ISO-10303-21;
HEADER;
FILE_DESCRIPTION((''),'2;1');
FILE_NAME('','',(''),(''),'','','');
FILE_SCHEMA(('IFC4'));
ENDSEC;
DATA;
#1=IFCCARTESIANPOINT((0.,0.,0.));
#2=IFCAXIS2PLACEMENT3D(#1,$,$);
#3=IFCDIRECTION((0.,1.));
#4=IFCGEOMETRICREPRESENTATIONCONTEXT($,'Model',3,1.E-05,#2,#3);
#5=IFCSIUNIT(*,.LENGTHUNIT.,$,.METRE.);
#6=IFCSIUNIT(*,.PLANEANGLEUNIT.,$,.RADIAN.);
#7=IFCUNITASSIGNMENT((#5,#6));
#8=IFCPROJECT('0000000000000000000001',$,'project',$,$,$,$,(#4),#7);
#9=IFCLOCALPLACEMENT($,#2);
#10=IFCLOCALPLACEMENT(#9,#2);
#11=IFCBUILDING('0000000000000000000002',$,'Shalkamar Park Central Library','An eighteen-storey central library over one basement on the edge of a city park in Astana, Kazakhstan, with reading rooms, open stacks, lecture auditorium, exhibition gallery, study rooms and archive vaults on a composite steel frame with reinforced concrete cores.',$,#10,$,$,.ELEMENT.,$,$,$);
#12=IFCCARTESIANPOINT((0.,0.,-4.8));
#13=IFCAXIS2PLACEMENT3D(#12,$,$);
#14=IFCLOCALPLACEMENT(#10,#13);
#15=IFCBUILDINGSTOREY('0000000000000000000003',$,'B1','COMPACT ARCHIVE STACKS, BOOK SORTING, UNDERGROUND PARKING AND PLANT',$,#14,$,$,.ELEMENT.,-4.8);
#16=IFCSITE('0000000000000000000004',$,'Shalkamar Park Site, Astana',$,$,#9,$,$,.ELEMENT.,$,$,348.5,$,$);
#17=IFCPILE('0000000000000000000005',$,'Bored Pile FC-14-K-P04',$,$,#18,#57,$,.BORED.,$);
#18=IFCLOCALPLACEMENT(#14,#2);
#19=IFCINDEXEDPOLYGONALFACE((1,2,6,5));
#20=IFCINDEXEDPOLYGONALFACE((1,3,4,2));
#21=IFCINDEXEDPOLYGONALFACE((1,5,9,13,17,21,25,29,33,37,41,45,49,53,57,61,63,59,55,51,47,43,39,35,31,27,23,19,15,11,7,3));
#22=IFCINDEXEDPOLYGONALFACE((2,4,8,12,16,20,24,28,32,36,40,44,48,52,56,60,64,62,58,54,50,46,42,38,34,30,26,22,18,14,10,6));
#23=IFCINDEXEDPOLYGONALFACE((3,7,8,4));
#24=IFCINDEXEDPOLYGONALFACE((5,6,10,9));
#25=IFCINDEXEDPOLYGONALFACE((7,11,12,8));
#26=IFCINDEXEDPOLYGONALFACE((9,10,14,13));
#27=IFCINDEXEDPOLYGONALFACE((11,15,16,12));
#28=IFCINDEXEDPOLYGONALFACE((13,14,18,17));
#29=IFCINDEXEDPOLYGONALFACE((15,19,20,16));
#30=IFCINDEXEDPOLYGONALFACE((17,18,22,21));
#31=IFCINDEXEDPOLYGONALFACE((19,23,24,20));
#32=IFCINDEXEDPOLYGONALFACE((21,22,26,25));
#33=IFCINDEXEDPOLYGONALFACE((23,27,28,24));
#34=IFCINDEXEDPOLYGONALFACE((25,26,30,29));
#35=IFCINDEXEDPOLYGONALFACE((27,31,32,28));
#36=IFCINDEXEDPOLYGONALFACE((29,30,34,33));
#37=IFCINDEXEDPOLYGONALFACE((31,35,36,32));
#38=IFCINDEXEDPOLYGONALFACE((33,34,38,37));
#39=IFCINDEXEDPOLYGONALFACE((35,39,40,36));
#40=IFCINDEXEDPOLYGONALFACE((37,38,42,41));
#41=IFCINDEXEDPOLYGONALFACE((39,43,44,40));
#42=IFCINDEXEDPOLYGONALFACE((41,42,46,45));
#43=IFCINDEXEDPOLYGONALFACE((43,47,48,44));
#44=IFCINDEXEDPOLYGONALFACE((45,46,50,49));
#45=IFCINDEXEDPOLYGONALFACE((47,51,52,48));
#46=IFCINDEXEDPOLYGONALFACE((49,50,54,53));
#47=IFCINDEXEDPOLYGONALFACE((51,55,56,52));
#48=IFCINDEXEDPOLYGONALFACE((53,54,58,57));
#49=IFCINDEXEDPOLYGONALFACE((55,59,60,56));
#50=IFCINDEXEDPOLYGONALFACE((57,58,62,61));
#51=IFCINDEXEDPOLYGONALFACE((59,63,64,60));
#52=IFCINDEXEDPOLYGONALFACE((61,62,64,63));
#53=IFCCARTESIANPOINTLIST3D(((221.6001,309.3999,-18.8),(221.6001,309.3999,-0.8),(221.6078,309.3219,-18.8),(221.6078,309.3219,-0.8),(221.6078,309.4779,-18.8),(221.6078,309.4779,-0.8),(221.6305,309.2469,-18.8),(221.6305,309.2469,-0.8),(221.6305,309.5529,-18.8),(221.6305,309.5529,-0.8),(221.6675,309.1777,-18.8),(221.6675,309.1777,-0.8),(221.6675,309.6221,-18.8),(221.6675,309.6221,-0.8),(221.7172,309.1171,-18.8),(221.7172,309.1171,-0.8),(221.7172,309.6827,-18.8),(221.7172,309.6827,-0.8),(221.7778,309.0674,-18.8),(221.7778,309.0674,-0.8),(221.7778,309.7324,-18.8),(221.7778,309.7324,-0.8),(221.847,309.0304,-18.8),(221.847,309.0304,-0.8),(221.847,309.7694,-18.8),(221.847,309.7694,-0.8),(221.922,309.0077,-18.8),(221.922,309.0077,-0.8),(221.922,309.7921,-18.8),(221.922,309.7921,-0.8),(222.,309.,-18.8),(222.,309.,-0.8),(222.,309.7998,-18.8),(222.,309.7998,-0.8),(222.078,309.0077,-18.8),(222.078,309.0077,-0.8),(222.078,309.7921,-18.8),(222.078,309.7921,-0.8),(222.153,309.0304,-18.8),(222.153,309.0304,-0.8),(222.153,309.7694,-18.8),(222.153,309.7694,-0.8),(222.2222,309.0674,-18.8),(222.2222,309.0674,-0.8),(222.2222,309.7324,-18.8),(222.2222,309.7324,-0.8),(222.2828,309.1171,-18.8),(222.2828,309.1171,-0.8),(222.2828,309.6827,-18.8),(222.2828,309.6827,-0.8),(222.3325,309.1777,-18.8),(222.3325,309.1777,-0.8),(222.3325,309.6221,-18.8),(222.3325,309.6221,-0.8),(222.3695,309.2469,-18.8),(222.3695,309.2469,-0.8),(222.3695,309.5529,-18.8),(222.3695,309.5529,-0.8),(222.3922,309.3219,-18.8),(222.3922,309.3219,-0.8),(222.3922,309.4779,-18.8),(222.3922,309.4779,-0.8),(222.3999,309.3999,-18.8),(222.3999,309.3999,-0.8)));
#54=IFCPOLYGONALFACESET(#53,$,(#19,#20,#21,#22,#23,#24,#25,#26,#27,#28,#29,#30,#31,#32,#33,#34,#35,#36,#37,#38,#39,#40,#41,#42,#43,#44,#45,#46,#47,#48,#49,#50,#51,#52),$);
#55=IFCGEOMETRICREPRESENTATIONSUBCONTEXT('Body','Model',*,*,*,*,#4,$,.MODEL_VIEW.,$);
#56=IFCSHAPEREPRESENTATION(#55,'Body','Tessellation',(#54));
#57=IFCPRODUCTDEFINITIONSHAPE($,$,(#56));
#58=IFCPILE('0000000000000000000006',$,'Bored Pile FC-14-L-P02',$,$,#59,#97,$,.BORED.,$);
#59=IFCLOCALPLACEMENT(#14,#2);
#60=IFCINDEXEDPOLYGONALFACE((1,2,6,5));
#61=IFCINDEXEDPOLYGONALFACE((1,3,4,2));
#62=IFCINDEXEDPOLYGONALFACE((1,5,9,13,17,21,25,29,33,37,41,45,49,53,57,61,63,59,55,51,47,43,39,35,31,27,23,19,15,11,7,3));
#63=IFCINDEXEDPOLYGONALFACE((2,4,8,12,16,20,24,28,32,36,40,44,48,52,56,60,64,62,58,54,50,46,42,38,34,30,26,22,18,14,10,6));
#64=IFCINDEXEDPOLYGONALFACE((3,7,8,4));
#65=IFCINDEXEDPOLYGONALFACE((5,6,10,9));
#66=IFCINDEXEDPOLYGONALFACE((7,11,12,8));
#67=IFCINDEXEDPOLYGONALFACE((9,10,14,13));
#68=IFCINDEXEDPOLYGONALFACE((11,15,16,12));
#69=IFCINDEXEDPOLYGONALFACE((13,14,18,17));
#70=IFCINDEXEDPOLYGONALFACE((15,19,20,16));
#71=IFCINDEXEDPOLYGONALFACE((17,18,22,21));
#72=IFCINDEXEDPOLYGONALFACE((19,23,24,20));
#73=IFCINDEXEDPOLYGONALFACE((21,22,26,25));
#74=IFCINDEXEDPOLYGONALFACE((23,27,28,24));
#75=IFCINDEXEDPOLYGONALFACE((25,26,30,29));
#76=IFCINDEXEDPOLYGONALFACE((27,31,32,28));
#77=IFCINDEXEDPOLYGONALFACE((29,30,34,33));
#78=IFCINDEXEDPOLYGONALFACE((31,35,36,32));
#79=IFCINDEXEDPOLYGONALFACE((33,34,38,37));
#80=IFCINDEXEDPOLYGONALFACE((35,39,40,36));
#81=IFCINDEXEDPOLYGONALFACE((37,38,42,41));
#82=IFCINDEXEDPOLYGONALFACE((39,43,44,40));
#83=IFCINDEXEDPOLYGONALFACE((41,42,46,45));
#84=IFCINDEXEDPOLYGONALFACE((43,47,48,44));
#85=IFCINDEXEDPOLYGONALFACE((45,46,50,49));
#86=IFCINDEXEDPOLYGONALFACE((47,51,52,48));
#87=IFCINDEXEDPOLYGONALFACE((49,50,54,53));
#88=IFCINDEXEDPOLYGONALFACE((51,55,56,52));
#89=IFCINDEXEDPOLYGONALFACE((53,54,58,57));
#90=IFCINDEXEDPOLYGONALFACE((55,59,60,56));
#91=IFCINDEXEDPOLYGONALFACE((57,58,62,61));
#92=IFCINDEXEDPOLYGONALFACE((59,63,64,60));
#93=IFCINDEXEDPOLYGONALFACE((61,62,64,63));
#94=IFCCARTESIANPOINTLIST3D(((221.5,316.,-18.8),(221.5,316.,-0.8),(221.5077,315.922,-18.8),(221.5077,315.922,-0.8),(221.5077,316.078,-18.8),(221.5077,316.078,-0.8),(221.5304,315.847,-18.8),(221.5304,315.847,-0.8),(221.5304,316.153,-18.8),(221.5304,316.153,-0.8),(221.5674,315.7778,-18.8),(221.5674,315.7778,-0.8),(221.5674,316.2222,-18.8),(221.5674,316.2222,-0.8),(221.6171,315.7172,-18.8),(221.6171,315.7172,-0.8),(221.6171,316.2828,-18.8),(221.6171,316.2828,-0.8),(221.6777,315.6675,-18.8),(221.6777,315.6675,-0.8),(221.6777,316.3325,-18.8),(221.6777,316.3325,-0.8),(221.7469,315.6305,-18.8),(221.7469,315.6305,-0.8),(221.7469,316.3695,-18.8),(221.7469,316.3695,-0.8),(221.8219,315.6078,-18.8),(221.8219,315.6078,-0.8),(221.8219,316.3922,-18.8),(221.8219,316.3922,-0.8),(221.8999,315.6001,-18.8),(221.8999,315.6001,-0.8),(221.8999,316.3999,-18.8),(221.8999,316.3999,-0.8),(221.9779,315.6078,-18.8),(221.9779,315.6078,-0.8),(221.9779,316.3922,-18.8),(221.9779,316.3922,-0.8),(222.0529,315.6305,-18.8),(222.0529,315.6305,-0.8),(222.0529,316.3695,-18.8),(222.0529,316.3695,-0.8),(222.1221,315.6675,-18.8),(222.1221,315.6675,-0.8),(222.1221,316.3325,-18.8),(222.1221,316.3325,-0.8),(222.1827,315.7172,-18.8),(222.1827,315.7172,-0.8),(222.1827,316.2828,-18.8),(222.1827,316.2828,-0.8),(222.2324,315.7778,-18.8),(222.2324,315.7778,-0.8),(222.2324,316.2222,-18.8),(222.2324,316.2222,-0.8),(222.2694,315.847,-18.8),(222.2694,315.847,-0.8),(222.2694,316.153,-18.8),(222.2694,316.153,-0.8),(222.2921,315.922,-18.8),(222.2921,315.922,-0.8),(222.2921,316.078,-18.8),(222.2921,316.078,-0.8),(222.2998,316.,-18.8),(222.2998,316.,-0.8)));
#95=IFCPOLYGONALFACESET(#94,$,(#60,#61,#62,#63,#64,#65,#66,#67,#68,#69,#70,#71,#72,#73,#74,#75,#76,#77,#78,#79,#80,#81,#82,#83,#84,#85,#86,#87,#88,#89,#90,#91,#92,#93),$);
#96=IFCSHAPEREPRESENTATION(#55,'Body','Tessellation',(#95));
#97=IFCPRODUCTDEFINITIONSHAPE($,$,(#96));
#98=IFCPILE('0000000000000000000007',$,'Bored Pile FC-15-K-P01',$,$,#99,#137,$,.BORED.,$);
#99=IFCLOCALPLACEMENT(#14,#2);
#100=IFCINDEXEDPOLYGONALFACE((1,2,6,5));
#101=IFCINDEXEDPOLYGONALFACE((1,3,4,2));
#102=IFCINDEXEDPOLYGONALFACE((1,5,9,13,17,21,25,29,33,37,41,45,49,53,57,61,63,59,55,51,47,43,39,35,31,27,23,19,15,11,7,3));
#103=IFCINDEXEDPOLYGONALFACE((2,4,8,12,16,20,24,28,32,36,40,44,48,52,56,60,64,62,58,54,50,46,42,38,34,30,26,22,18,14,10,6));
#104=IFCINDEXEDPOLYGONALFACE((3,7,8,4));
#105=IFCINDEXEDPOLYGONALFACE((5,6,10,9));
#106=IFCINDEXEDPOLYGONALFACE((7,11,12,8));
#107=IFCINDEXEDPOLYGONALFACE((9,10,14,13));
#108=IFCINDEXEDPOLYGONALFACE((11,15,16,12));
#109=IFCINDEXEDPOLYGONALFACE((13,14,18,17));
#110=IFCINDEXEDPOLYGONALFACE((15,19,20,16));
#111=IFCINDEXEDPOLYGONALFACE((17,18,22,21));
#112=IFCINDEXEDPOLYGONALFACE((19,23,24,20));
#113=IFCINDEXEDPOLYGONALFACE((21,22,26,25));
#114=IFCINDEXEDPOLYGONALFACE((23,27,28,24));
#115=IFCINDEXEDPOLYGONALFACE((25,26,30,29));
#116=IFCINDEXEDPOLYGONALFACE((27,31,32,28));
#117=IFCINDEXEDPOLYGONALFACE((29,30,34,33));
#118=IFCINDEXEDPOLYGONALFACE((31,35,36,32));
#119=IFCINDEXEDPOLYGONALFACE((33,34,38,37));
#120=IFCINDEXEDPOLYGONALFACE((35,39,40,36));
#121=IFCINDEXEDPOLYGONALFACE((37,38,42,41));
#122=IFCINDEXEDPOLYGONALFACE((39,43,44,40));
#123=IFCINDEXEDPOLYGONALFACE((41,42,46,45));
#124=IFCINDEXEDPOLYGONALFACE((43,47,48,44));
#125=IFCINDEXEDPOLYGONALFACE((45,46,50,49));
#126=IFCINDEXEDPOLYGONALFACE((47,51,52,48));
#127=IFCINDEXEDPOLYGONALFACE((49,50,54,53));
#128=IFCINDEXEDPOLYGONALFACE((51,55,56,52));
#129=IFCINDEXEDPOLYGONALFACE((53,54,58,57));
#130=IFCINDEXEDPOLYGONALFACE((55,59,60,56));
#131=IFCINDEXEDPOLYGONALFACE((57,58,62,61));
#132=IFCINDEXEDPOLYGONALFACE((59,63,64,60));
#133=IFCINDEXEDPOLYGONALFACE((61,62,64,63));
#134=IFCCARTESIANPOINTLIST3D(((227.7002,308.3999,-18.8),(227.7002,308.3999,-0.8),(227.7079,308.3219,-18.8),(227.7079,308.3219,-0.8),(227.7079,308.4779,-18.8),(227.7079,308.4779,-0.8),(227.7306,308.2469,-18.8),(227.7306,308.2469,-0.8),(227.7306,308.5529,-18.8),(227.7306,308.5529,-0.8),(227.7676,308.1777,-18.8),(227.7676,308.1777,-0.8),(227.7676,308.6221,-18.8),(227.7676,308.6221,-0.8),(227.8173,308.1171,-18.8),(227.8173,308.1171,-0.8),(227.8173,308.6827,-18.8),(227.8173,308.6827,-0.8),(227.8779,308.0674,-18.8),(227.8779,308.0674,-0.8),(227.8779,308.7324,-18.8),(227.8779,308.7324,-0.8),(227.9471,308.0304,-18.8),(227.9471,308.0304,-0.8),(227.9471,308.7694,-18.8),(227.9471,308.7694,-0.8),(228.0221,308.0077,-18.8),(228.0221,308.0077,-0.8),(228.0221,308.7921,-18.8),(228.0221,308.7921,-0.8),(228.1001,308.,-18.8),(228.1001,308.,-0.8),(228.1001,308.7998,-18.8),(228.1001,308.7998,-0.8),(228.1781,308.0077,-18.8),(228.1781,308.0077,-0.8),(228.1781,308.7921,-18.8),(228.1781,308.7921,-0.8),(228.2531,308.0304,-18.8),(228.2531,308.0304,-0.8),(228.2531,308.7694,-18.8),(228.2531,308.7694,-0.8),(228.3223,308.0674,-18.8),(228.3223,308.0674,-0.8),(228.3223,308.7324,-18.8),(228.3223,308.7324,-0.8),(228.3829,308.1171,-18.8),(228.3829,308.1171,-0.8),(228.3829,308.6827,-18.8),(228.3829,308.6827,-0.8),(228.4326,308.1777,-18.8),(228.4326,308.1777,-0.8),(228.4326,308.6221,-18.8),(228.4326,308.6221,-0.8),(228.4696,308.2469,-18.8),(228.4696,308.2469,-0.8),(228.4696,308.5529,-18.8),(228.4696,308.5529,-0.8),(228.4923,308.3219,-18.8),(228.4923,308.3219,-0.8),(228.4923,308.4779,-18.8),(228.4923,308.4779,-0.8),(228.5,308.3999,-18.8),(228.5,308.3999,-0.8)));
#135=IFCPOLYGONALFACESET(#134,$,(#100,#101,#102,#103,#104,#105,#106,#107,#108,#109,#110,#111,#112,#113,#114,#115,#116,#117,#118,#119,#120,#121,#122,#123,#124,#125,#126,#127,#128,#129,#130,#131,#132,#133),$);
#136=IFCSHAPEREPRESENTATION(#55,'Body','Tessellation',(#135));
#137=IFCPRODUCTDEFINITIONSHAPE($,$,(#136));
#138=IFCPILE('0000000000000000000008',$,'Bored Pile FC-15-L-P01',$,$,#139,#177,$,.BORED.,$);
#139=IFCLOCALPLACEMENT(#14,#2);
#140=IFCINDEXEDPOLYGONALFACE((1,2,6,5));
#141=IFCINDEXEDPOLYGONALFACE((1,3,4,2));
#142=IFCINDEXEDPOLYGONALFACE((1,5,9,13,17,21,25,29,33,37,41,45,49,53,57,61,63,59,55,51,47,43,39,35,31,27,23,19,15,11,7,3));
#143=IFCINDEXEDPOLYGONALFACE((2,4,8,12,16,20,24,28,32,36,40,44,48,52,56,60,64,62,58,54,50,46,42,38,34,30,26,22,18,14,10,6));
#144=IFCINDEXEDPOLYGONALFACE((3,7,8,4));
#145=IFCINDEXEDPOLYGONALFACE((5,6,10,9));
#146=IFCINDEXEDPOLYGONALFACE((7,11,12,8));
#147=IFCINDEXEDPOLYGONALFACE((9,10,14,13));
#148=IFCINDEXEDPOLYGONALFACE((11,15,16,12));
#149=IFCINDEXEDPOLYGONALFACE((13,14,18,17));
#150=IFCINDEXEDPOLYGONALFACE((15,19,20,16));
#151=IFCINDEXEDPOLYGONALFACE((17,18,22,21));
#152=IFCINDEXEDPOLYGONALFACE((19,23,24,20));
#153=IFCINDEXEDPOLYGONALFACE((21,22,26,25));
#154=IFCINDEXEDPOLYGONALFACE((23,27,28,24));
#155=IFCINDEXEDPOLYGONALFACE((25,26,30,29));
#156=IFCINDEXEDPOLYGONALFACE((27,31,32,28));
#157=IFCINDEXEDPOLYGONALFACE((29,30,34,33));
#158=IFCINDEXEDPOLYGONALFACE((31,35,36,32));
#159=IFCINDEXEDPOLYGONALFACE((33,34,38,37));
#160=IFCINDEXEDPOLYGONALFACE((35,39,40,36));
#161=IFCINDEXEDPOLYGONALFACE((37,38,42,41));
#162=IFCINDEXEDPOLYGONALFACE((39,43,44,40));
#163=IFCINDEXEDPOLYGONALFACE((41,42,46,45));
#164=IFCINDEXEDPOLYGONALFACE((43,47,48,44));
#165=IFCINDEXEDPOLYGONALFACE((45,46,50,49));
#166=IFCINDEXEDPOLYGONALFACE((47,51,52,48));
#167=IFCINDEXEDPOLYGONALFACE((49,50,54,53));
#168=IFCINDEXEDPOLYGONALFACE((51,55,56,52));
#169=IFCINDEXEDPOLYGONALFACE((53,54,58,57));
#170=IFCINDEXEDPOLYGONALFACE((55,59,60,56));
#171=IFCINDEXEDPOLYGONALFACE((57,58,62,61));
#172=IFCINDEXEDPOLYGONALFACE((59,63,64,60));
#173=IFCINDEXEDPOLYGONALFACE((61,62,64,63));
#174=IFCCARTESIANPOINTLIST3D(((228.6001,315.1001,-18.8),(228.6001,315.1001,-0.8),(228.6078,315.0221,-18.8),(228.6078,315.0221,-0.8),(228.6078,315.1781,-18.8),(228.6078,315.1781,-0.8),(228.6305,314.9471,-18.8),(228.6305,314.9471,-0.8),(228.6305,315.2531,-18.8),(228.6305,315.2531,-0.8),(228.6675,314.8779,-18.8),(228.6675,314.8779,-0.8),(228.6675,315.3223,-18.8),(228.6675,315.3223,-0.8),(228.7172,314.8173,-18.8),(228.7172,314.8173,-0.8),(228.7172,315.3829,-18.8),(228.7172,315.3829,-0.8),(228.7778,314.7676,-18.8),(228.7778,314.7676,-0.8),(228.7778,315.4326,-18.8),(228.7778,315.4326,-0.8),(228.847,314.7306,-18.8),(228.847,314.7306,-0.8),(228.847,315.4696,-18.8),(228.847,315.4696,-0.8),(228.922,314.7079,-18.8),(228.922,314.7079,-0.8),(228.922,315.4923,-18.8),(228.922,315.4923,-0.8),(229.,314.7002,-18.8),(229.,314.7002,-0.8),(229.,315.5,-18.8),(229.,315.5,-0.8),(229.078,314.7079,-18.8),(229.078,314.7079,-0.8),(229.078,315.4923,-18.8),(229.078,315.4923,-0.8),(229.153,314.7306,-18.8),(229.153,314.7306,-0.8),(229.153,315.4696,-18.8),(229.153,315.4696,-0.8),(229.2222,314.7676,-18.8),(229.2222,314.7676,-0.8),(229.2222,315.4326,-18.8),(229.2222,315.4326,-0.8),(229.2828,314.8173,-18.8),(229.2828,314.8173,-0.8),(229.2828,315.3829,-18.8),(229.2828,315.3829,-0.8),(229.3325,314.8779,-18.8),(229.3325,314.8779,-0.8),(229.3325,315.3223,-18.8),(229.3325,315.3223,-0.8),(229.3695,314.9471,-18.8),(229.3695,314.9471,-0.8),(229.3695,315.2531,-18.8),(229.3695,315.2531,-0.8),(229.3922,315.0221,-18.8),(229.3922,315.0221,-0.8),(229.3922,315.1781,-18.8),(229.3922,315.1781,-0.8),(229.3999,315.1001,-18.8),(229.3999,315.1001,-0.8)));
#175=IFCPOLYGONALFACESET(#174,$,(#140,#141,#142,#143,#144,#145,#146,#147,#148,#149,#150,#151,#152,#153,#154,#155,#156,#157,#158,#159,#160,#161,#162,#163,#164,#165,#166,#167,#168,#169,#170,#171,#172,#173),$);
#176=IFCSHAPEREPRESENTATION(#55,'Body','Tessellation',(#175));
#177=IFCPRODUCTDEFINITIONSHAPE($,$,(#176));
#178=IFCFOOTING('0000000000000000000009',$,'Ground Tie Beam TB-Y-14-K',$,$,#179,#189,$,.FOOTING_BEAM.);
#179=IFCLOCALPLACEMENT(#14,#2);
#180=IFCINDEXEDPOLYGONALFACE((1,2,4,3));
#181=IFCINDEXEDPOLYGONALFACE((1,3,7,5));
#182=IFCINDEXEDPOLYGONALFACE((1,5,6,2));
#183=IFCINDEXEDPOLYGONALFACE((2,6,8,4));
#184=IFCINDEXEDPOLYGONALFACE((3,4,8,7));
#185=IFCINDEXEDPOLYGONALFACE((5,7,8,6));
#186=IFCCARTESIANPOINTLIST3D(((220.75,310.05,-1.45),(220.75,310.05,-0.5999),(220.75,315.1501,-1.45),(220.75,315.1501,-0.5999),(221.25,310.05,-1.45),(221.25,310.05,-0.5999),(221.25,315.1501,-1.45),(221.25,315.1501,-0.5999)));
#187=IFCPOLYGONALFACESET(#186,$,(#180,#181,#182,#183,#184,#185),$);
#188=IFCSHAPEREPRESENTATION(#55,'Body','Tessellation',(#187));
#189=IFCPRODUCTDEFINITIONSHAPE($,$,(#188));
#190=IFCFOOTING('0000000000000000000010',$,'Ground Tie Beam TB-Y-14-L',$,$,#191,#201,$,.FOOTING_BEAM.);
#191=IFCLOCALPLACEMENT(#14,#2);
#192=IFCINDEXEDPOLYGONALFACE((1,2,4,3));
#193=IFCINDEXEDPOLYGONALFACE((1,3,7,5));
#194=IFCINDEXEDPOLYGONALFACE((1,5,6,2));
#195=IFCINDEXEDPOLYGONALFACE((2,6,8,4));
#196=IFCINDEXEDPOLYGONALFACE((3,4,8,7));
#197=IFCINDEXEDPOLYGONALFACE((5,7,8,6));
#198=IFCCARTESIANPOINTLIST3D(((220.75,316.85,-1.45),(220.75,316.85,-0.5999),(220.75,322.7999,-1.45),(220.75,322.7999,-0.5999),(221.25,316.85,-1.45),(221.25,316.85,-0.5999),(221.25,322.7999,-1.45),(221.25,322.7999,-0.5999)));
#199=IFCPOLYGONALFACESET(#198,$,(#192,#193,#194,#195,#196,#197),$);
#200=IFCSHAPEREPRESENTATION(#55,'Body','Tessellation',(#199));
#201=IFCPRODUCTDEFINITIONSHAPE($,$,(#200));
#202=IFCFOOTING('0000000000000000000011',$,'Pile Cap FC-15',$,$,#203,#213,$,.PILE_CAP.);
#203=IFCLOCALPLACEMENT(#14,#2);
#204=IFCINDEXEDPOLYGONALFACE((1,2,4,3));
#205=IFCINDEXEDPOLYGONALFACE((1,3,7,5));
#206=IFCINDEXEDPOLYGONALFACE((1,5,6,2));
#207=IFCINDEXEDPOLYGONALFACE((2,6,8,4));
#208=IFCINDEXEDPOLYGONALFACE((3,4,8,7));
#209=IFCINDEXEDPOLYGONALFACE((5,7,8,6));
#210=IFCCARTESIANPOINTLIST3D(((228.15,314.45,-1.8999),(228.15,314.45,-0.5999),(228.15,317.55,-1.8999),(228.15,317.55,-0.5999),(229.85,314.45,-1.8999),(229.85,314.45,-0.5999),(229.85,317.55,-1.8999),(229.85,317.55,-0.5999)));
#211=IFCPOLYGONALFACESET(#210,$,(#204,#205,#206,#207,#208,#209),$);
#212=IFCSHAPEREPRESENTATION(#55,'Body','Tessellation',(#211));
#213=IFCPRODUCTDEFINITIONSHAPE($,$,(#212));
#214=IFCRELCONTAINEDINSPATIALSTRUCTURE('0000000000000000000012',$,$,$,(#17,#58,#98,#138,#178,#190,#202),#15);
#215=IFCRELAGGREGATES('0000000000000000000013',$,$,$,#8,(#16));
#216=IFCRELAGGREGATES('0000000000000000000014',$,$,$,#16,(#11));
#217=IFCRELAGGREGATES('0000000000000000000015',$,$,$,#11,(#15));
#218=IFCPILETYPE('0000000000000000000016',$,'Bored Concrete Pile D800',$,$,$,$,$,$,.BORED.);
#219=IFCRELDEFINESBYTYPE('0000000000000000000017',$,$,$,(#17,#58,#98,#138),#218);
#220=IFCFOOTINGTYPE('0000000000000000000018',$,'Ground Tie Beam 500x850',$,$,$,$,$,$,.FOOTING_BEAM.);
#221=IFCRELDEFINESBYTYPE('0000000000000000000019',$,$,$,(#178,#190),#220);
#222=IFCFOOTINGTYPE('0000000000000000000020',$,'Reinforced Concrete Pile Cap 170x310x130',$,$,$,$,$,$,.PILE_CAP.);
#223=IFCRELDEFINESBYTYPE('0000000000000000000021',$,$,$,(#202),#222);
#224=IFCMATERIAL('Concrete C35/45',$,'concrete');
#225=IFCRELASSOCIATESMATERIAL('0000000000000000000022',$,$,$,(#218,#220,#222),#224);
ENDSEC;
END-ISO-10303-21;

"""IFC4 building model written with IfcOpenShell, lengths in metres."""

from ifc_helpers import new_model, si_unit, direction, frame, origin, origin_2d, place, context, subcontext, project, spatial, rectangle, circle, extrude, material, material_profile, profile_set, type_object, element, save


model = new_model("IFC4")

# Units and contexts
model_context = context("Model", 3, precision=1e-05, world=origin(), true_north=direction((0.0, 1.0)))
body_context = subcontext(model_context, "Body", "Model", "MODEL_VIEW")
ifc_project = project(units=[si_unit("LENGTHUNIT", "METRE"), si_unit("PLANEANGLEUNIT", "RADIAN")], contexts=[model_context])

# Site, building, storey
site_placement = place(None, origin())
site = spatial("IfcSite", under=ifc_project, at=site_placement, Name="Shalkamar Park Site, Astana", CompositionType="ELEMENT", RefElevation=348.5)
building_placement = place(site_placement, origin())
building = spatial("IfcBuilding", under=site, at=building_placement, Name="Shalkamar Park Central Library", Description="An eighteen-storey central library over one basement on the edge of a city park in Astana, Kazakhstan, with reading rooms, open stacks, lecture auditorium, exhibition gallery, study rooms and archive vaults on a composite steel frame with reinforced concrete cores.", CompositionType="ELEMENT")
storey_placement = place(building_placement, frame((0.0, 0.0, -4.8)))
storey = spatial("IfcBuildingStorey", under=building, at=storey_placement, Name="B1", Description="COMPACT ARCHIVE STACKS, BOOK SORTING, UNDERGROUND PARKING AND PLANT", CompositionType="ELEMENT", Elevation=-4.8)

# Piles
ifc_material_1 = material(Name="Concrete C35/45", Category="concrete")
ifc_material_profile_1 = material_profile(ifc_material_1, circle(Radius=0.3999, at=origin_2d()), Name="PILE D800")
ifc_profile_set_1 = profile_set([ifc_material_profile_1], Name="Concrete C35/45")
pile_type = type_object("IfcPileType", Name="Bored Concrete Pile D800", PredefinedType="BORED", material=ifc_profile_set_1)
for number, where, z_axis, x_axis, name in (
    (1, (222.0, 309.3999, -0.8), (0.0, 0.0, -1.0), (1.0, 0.0, 0.0), "Bored Pile FC-14-K-P04"),
    (2, (221.8999, 316.0, -0.8), (0.0, 0.0, -1.0), (1.0, 0.0, 0.0), "Bored Pile FC-14-L-P02"),
    (3, (228.1001, 308.3999, -0.8), (0.0, 0.0, -1.0), (1.0, 0.0, 0.0), "Bored Pile FC-15-K-P01"),
    (4, (229.0, 315.1001, -0.8), (0.0, 0.0, -1.0), (1.0, 0.0, 0.0), "Bored Pile FC-15-L-P01"),
):
    element("IfcPile", number, at=place(storey_placement, frame(where, z_axis=z_axis, x_axis=x_axis)), inside=storey, type_object=pile_type, Name=name, PredefinedType="BORED", context=body_context, shape_type="SweptSolid", body=[
        extrude(circle(Radius=0.3999, at=origin_2d()), origin(), (0.0, 0.0, 1.0), 18.0),
    ])

# Footings
footing_type_1 = type_object("IfcFootingType", Name="Ground Tie Beam 500x850", PredefinedType="FOOTING_BEAM", material=ifc_material_1)
footing_1_placement = place(storey_placement, frame((221.0, 312.6001, -1.45), z_axis=(0.0, 0.0, 1.0), x_axis=(0.0, 1.0, 0.0)))
element("IfcFooting", 5, at=footing_1_placement, inside=storey, type_object=footing_type_1, Name="Ground Tie Beam TB-Y-14-K", PredefinedType="FOOTING_BEAM", context=body_context, shape_type="SweptSolid", body=[
    extrude(rectangle(XDim=5.1001, YDim=0.5, at=origin_2d()), origin(), (0.0, 0.0, 1.0), 0.8501),
])
footing_2_placement = place(storey_placement, frame((221.0, 319.825, -1.45), z_axis=(0.0, 0.0, 1.0), x_axis=(0.0, 1.0, 0.0)))
element("IfcFooting", 6, at=footing_2_placement, inside=storey, type_object=footing_type_1, Name="Ground Tie Beam TB-Y-14-L", PredefinedType="FOOTING_BEAM", context=body_context, shape_type="SweptSolid", body=[
    extrude(rectangle(XDim=5.95, YDim=0.5, at=origin_2d()), origin(), (0.0, 0.0, 1.0), 0.8501),
])
footing_type_2 = type_object("IfcFootingType", Name="Reinforced Concrete Pile Cap 170x310x130", PredefinedType="PILE_CAP", material=ifc_material_1)
footing_3_placement = place(storey_placement, frame((229.0, 316.0, -1.8999), z_axis=(0.0, 0.0, 1.0), x_axis=(1.0, 0.0, 0.0)))
element("IfcFooting", 7, at=footing_3_placement, inside=storey, type_object=footing_type_2, Name="Pile Cap FC-15", PredefinedType="PILE_CAP", context=body_context, shape_type="SweptSolid", body=[
    extrude(rectangle(XDim=1.7, YDim=3.1001, at=origin_2d()), origin(), (0.0, 0.0, 1.0), 1.3),
])

save(model, "model.ifc")
